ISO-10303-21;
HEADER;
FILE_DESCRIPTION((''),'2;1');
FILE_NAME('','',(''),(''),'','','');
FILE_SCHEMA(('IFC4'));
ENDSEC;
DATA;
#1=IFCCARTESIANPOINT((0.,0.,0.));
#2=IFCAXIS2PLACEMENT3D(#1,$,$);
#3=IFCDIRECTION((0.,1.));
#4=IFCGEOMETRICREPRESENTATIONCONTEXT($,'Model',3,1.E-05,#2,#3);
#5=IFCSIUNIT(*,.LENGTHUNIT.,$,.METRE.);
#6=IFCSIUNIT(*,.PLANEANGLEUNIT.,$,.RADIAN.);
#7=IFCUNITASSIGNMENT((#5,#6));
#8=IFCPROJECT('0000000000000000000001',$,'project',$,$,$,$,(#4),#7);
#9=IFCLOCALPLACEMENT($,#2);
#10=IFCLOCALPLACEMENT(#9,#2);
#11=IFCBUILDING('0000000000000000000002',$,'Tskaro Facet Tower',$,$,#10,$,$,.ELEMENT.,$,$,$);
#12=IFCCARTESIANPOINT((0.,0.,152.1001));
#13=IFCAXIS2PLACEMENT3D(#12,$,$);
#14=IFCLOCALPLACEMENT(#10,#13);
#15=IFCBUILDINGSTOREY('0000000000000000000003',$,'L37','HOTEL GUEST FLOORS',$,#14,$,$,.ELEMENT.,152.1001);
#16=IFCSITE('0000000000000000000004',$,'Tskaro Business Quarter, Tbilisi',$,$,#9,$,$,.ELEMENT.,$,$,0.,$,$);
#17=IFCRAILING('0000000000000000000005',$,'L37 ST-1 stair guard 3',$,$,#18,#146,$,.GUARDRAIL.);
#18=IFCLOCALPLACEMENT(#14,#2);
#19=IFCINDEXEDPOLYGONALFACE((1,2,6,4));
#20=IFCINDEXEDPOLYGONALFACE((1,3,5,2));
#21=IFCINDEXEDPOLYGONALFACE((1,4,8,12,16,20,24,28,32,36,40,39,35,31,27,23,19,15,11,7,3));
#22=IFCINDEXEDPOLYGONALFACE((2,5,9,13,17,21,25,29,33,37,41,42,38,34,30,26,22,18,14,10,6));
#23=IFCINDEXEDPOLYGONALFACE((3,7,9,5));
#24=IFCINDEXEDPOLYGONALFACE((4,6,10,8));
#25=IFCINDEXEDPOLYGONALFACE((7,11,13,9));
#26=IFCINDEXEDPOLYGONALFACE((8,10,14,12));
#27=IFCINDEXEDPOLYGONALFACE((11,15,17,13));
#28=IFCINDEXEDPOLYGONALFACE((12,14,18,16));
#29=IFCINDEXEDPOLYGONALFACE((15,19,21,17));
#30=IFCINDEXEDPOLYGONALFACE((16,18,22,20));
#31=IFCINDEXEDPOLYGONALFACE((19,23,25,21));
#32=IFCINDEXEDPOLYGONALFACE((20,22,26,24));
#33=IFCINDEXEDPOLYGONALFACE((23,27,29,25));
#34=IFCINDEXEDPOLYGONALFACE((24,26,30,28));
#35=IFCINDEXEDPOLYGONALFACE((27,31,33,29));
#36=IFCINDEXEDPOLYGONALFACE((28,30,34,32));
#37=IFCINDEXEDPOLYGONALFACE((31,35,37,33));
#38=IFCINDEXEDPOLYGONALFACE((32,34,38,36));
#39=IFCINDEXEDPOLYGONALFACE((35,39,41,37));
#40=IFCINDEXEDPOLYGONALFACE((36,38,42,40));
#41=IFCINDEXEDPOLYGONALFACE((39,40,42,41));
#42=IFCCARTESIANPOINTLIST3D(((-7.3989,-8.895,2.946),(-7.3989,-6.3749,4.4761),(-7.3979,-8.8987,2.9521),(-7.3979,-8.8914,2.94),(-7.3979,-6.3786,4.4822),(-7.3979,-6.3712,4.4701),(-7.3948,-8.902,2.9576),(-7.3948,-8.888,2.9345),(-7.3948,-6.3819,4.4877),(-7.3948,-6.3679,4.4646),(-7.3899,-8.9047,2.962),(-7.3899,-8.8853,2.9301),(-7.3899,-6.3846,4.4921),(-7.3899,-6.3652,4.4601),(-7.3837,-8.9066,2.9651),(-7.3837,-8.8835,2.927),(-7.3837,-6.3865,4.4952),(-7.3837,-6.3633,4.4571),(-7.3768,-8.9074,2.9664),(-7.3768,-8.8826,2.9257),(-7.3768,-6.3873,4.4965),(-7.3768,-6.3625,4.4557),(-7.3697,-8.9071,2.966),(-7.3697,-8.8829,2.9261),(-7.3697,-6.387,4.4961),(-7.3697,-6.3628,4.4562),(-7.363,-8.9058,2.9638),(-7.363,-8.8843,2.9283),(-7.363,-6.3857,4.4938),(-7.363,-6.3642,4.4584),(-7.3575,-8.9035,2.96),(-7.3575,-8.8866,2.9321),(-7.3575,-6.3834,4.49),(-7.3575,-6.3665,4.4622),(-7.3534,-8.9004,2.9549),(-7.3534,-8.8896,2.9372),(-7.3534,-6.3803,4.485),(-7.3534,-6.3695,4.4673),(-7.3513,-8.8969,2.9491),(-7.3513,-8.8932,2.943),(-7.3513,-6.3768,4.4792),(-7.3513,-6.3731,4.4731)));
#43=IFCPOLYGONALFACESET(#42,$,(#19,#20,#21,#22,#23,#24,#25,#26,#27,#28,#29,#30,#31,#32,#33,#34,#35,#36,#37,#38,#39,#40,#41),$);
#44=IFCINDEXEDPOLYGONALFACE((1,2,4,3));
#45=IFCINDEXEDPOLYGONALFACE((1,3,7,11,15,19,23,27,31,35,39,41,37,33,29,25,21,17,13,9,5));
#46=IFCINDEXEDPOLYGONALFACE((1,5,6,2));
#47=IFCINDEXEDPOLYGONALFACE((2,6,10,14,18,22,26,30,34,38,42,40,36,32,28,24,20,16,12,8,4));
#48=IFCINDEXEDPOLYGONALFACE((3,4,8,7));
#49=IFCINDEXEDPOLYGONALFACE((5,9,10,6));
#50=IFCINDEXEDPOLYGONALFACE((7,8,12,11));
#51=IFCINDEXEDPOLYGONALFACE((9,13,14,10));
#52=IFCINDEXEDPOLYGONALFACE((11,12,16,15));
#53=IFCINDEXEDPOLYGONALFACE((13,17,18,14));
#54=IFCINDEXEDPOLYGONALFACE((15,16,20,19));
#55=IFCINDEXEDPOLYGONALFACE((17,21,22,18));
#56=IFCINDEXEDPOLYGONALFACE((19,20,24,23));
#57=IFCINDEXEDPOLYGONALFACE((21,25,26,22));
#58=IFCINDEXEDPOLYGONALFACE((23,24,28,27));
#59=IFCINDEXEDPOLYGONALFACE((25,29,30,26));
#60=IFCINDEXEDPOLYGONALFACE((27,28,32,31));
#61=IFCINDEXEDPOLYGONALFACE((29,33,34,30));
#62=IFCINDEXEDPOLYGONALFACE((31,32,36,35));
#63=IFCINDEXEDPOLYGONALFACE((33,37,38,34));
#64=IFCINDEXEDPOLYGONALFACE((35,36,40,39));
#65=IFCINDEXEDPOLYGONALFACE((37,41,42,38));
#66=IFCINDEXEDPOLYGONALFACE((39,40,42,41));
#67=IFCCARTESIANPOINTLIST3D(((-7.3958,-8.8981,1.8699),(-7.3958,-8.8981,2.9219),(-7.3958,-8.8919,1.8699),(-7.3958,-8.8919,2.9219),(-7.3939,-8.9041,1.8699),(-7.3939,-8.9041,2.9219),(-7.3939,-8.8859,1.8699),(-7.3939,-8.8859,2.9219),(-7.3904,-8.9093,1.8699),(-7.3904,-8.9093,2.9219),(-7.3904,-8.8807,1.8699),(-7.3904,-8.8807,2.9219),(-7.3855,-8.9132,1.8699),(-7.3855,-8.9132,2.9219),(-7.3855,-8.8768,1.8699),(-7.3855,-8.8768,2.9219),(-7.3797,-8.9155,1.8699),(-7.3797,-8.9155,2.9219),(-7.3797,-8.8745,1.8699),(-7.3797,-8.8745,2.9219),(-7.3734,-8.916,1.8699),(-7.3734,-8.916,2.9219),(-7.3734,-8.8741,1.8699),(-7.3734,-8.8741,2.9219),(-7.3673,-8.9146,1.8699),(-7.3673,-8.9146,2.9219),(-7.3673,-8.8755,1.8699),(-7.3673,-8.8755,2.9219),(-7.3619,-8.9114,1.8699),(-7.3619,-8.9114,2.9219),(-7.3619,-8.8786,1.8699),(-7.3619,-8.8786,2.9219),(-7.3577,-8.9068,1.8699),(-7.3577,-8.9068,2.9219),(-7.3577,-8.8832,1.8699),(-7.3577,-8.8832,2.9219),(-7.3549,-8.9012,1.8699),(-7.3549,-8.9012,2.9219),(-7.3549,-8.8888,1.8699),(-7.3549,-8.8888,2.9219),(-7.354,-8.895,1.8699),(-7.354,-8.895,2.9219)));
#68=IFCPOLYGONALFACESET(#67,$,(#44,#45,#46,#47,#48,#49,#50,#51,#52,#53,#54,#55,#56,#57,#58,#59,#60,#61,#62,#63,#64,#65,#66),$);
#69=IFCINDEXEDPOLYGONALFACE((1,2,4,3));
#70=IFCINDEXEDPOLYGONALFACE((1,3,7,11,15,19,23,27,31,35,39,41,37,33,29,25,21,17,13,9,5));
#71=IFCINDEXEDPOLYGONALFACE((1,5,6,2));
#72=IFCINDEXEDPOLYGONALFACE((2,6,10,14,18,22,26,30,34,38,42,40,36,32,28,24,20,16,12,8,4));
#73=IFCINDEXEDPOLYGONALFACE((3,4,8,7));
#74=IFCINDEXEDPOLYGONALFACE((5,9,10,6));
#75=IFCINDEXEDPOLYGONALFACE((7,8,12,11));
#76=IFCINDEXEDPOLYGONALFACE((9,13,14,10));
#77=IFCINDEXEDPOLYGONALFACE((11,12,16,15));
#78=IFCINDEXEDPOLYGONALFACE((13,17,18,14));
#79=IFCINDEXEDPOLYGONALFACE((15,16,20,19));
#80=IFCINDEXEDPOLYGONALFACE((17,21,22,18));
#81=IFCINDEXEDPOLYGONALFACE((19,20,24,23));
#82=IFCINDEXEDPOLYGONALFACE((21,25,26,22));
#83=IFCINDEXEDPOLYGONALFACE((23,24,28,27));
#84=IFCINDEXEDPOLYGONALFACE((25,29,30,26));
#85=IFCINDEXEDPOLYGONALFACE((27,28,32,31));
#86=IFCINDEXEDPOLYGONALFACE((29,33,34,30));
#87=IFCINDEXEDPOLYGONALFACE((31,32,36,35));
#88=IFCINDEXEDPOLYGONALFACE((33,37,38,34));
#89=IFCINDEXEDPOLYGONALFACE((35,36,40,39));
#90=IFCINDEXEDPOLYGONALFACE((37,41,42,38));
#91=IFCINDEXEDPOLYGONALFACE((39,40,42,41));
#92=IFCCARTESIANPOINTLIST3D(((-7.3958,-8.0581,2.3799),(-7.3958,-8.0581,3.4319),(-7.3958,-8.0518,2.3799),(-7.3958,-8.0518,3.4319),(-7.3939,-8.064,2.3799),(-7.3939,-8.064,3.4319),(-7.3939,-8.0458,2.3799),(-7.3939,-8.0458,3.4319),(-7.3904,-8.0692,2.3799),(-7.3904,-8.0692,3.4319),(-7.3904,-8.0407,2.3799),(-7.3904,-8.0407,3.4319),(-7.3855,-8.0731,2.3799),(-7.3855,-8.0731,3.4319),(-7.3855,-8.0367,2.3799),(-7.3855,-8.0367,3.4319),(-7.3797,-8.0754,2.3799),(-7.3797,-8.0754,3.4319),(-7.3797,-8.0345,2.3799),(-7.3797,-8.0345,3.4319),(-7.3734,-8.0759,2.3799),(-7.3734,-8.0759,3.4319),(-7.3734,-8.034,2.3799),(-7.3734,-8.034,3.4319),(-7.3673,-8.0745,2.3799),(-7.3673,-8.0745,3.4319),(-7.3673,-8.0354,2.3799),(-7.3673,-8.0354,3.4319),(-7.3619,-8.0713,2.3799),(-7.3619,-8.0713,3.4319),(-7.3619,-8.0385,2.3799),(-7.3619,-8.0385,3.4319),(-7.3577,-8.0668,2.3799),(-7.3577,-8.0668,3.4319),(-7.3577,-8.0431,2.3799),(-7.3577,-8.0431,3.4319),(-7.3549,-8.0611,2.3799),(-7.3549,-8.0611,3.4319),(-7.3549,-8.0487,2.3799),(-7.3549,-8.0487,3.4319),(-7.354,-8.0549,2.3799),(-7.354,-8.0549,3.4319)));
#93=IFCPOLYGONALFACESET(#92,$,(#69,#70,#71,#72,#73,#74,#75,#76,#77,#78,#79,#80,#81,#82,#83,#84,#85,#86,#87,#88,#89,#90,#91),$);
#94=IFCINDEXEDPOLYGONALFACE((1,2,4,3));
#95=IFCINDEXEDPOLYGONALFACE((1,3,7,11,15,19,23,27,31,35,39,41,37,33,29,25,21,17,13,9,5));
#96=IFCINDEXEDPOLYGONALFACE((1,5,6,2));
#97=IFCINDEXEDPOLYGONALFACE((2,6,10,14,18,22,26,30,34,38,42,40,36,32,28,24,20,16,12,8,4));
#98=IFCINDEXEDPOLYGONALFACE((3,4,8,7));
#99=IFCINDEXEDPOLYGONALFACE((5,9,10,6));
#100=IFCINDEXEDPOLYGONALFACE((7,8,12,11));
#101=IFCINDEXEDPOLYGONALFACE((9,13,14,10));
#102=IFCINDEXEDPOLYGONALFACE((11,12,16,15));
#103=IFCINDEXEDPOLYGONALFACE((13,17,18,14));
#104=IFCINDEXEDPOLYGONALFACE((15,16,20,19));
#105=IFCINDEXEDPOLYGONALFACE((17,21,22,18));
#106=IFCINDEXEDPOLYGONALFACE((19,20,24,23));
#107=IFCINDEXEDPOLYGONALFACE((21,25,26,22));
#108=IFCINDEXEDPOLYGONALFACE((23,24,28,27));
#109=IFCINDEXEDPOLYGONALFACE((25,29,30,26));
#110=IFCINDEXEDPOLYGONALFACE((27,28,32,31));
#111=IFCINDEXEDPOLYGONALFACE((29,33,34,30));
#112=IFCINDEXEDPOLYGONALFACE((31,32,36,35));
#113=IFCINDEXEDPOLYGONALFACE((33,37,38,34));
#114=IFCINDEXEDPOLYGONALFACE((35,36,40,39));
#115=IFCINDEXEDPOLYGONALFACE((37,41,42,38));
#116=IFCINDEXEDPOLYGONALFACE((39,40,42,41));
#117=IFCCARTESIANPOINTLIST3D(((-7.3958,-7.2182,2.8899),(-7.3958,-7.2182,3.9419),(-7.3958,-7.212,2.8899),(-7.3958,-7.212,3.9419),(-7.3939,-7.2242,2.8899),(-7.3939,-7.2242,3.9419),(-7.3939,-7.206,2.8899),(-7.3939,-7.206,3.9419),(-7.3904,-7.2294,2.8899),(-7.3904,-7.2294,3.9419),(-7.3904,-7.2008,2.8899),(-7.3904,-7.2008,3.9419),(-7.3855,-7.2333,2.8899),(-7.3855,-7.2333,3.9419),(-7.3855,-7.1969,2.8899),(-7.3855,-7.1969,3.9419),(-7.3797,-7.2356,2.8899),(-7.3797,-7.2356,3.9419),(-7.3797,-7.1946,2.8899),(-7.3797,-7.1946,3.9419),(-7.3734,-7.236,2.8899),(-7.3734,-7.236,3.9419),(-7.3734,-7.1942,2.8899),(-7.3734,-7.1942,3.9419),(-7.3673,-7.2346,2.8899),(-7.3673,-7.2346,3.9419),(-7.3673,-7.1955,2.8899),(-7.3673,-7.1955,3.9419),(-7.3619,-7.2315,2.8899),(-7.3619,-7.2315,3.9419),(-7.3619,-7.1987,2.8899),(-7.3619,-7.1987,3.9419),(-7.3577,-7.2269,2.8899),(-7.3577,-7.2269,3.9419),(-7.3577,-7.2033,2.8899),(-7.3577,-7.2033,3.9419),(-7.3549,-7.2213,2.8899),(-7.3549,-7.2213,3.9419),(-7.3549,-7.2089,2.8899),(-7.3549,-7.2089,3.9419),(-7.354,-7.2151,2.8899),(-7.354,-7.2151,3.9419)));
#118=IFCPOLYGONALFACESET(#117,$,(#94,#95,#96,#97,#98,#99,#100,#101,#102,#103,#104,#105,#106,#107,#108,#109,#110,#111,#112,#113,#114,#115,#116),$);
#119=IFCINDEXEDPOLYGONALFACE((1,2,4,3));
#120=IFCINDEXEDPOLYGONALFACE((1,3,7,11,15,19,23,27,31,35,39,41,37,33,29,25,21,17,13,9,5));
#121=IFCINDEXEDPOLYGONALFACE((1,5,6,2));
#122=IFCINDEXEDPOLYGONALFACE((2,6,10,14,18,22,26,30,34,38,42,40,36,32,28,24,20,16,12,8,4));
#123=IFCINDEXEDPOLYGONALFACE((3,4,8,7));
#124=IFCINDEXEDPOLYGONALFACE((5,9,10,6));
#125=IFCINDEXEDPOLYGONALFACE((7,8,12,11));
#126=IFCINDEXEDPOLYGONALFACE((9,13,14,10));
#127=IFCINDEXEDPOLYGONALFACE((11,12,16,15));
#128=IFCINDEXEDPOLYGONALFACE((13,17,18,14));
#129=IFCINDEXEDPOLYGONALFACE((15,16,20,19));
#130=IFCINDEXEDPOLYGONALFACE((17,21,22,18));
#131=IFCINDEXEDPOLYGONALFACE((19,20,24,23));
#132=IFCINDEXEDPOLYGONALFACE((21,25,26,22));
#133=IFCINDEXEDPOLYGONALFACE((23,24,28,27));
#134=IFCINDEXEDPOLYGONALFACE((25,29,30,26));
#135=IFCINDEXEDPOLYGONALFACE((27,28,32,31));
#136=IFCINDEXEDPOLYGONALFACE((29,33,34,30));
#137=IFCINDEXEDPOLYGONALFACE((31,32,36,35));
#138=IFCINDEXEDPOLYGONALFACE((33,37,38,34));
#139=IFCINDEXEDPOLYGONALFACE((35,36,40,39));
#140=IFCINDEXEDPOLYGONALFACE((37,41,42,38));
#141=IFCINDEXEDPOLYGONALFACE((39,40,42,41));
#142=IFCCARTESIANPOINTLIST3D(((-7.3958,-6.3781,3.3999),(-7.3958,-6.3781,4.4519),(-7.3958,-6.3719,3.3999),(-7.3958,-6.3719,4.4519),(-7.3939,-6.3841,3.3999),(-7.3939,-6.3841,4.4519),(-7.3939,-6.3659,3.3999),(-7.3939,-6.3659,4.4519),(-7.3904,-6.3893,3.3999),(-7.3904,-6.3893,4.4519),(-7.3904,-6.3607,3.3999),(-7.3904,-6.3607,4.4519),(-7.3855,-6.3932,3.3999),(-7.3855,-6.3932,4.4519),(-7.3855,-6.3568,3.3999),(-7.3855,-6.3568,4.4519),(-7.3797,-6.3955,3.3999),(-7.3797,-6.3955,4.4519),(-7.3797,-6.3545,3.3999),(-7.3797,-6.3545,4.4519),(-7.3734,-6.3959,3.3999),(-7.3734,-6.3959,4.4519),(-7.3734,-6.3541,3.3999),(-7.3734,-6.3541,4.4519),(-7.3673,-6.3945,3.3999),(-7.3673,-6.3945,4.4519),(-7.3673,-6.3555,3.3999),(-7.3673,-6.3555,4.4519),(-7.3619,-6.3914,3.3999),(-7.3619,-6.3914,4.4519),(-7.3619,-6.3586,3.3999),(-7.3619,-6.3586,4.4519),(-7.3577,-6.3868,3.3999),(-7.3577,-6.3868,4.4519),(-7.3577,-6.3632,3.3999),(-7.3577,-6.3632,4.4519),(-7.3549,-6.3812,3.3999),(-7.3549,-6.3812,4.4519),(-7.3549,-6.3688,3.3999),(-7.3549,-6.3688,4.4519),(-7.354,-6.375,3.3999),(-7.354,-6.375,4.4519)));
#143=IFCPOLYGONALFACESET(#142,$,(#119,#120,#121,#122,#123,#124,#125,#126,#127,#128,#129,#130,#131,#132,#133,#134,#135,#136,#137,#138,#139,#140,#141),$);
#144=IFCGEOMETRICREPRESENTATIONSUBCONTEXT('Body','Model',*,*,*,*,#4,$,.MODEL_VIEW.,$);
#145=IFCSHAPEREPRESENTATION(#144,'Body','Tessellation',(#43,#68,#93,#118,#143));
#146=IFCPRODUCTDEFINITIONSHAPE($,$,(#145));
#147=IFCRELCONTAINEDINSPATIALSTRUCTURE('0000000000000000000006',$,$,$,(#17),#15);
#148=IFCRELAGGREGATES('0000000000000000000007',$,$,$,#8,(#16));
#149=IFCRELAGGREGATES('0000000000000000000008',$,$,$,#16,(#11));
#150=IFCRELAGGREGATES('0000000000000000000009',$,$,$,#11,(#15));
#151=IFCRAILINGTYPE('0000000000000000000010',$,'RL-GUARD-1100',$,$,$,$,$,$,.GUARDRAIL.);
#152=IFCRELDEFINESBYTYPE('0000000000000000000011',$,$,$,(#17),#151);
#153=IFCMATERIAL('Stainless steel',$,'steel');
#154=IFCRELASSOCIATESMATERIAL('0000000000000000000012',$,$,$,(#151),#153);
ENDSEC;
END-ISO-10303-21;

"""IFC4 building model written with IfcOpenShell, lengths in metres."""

from ifc_helpers import new_model, si_unit, direction, frame, origin, origin_2d, place, context, subcontext, project, spatial, circle, extrude, material, type_object, element, save


model = new_model("IFC4")

# Units and contexts
model_context = context("Model", 3, precision=1e-05, world=origin(), true_north=direction((0.0, 1.0)))
body_context = subcontext(model_context, "Body", "Model", "MODEL_VIEW")
ifc_project = project(units=[si_unit("LENGTHUNIT", "METRE"), si_unit("PLANEANGLEUNIT", "RADIAN")], contexts=[model_context])

# Site, building, storey
site_placement = place(None, origin())
site = spatial("IfcSite", under=ifc_project, at=site_placement, Name="Tskaro Business Quarter, Tbilisi", CompositionType="ELEMENT", RefElevation=0.0)
building_placement = place(site_placement, origin())
building = spatial("IfcBuilding", under=site, at=building_placement, Name="Tskaro Facet Tower", CompositionType="ELEMENT")
storey_placement = place(building_placement, frame((0.0, 0.0, 152.1001)))
storey = spatial("IfcBuildingStorey", under=building, at=storey_placement, Name="L37", Description="HOTEL GUEST FLOORS", CompositionType="ELEMENT", Elevation=152.1001)

# Shared definitions
ifc_material_1 = material(Name="Stainless steel", Category="steel")

# Railing
railing_type_1 = type_object("IfcRailingType", Name="RL-GUARD-1100", PredefinedType="GUARDRAIL", material=ifc_material_1)
railing_1_placement = place(storey_placement, frame((-7.375, -8.895, 1.8699)))
element("IfcRailing", 1, at=railing_1_placement, inside=storey, type_object=railing_type_1, Name="L37 ST-1 stair guard 3", PredefinedType="GUARDRAIL", context=body_context, shape_type="SweptSolid", body=[
    extrude(circle(Radius=0.0239, at=origin_2d()), frame((0.0, 0.0, 1.0762), z_axis=(0.0, 0.854785, 0.518982), x_axis=(-1.0, 0.0, 0.0)), (0.0, 0.0, 1.0), 2.9482),
    extrude(circle(Radius=0.021, at=origin_2d()), origin(), (0.0, 0.0, 1.0), 1.052),
    extrude(circle(Radius=0.021, at=origin_2d()), frame((0.0, 0.8401, 0.51)), (0.0, 0.0, 1.0), 1.052),
    extrude(circle(Radius=0.021, at=origin_2d()), frame((0.0, 1.6799, 1.02)), (0.0, 0.0, 1.0), 1.052),
    extrude(circle(Radius=0.021, at=origin_2d()), frame((0.0, 2.52, 1.53)), (0.0, 0.0, 1.0), 1.052),
])

save(model, "model.ifc")
